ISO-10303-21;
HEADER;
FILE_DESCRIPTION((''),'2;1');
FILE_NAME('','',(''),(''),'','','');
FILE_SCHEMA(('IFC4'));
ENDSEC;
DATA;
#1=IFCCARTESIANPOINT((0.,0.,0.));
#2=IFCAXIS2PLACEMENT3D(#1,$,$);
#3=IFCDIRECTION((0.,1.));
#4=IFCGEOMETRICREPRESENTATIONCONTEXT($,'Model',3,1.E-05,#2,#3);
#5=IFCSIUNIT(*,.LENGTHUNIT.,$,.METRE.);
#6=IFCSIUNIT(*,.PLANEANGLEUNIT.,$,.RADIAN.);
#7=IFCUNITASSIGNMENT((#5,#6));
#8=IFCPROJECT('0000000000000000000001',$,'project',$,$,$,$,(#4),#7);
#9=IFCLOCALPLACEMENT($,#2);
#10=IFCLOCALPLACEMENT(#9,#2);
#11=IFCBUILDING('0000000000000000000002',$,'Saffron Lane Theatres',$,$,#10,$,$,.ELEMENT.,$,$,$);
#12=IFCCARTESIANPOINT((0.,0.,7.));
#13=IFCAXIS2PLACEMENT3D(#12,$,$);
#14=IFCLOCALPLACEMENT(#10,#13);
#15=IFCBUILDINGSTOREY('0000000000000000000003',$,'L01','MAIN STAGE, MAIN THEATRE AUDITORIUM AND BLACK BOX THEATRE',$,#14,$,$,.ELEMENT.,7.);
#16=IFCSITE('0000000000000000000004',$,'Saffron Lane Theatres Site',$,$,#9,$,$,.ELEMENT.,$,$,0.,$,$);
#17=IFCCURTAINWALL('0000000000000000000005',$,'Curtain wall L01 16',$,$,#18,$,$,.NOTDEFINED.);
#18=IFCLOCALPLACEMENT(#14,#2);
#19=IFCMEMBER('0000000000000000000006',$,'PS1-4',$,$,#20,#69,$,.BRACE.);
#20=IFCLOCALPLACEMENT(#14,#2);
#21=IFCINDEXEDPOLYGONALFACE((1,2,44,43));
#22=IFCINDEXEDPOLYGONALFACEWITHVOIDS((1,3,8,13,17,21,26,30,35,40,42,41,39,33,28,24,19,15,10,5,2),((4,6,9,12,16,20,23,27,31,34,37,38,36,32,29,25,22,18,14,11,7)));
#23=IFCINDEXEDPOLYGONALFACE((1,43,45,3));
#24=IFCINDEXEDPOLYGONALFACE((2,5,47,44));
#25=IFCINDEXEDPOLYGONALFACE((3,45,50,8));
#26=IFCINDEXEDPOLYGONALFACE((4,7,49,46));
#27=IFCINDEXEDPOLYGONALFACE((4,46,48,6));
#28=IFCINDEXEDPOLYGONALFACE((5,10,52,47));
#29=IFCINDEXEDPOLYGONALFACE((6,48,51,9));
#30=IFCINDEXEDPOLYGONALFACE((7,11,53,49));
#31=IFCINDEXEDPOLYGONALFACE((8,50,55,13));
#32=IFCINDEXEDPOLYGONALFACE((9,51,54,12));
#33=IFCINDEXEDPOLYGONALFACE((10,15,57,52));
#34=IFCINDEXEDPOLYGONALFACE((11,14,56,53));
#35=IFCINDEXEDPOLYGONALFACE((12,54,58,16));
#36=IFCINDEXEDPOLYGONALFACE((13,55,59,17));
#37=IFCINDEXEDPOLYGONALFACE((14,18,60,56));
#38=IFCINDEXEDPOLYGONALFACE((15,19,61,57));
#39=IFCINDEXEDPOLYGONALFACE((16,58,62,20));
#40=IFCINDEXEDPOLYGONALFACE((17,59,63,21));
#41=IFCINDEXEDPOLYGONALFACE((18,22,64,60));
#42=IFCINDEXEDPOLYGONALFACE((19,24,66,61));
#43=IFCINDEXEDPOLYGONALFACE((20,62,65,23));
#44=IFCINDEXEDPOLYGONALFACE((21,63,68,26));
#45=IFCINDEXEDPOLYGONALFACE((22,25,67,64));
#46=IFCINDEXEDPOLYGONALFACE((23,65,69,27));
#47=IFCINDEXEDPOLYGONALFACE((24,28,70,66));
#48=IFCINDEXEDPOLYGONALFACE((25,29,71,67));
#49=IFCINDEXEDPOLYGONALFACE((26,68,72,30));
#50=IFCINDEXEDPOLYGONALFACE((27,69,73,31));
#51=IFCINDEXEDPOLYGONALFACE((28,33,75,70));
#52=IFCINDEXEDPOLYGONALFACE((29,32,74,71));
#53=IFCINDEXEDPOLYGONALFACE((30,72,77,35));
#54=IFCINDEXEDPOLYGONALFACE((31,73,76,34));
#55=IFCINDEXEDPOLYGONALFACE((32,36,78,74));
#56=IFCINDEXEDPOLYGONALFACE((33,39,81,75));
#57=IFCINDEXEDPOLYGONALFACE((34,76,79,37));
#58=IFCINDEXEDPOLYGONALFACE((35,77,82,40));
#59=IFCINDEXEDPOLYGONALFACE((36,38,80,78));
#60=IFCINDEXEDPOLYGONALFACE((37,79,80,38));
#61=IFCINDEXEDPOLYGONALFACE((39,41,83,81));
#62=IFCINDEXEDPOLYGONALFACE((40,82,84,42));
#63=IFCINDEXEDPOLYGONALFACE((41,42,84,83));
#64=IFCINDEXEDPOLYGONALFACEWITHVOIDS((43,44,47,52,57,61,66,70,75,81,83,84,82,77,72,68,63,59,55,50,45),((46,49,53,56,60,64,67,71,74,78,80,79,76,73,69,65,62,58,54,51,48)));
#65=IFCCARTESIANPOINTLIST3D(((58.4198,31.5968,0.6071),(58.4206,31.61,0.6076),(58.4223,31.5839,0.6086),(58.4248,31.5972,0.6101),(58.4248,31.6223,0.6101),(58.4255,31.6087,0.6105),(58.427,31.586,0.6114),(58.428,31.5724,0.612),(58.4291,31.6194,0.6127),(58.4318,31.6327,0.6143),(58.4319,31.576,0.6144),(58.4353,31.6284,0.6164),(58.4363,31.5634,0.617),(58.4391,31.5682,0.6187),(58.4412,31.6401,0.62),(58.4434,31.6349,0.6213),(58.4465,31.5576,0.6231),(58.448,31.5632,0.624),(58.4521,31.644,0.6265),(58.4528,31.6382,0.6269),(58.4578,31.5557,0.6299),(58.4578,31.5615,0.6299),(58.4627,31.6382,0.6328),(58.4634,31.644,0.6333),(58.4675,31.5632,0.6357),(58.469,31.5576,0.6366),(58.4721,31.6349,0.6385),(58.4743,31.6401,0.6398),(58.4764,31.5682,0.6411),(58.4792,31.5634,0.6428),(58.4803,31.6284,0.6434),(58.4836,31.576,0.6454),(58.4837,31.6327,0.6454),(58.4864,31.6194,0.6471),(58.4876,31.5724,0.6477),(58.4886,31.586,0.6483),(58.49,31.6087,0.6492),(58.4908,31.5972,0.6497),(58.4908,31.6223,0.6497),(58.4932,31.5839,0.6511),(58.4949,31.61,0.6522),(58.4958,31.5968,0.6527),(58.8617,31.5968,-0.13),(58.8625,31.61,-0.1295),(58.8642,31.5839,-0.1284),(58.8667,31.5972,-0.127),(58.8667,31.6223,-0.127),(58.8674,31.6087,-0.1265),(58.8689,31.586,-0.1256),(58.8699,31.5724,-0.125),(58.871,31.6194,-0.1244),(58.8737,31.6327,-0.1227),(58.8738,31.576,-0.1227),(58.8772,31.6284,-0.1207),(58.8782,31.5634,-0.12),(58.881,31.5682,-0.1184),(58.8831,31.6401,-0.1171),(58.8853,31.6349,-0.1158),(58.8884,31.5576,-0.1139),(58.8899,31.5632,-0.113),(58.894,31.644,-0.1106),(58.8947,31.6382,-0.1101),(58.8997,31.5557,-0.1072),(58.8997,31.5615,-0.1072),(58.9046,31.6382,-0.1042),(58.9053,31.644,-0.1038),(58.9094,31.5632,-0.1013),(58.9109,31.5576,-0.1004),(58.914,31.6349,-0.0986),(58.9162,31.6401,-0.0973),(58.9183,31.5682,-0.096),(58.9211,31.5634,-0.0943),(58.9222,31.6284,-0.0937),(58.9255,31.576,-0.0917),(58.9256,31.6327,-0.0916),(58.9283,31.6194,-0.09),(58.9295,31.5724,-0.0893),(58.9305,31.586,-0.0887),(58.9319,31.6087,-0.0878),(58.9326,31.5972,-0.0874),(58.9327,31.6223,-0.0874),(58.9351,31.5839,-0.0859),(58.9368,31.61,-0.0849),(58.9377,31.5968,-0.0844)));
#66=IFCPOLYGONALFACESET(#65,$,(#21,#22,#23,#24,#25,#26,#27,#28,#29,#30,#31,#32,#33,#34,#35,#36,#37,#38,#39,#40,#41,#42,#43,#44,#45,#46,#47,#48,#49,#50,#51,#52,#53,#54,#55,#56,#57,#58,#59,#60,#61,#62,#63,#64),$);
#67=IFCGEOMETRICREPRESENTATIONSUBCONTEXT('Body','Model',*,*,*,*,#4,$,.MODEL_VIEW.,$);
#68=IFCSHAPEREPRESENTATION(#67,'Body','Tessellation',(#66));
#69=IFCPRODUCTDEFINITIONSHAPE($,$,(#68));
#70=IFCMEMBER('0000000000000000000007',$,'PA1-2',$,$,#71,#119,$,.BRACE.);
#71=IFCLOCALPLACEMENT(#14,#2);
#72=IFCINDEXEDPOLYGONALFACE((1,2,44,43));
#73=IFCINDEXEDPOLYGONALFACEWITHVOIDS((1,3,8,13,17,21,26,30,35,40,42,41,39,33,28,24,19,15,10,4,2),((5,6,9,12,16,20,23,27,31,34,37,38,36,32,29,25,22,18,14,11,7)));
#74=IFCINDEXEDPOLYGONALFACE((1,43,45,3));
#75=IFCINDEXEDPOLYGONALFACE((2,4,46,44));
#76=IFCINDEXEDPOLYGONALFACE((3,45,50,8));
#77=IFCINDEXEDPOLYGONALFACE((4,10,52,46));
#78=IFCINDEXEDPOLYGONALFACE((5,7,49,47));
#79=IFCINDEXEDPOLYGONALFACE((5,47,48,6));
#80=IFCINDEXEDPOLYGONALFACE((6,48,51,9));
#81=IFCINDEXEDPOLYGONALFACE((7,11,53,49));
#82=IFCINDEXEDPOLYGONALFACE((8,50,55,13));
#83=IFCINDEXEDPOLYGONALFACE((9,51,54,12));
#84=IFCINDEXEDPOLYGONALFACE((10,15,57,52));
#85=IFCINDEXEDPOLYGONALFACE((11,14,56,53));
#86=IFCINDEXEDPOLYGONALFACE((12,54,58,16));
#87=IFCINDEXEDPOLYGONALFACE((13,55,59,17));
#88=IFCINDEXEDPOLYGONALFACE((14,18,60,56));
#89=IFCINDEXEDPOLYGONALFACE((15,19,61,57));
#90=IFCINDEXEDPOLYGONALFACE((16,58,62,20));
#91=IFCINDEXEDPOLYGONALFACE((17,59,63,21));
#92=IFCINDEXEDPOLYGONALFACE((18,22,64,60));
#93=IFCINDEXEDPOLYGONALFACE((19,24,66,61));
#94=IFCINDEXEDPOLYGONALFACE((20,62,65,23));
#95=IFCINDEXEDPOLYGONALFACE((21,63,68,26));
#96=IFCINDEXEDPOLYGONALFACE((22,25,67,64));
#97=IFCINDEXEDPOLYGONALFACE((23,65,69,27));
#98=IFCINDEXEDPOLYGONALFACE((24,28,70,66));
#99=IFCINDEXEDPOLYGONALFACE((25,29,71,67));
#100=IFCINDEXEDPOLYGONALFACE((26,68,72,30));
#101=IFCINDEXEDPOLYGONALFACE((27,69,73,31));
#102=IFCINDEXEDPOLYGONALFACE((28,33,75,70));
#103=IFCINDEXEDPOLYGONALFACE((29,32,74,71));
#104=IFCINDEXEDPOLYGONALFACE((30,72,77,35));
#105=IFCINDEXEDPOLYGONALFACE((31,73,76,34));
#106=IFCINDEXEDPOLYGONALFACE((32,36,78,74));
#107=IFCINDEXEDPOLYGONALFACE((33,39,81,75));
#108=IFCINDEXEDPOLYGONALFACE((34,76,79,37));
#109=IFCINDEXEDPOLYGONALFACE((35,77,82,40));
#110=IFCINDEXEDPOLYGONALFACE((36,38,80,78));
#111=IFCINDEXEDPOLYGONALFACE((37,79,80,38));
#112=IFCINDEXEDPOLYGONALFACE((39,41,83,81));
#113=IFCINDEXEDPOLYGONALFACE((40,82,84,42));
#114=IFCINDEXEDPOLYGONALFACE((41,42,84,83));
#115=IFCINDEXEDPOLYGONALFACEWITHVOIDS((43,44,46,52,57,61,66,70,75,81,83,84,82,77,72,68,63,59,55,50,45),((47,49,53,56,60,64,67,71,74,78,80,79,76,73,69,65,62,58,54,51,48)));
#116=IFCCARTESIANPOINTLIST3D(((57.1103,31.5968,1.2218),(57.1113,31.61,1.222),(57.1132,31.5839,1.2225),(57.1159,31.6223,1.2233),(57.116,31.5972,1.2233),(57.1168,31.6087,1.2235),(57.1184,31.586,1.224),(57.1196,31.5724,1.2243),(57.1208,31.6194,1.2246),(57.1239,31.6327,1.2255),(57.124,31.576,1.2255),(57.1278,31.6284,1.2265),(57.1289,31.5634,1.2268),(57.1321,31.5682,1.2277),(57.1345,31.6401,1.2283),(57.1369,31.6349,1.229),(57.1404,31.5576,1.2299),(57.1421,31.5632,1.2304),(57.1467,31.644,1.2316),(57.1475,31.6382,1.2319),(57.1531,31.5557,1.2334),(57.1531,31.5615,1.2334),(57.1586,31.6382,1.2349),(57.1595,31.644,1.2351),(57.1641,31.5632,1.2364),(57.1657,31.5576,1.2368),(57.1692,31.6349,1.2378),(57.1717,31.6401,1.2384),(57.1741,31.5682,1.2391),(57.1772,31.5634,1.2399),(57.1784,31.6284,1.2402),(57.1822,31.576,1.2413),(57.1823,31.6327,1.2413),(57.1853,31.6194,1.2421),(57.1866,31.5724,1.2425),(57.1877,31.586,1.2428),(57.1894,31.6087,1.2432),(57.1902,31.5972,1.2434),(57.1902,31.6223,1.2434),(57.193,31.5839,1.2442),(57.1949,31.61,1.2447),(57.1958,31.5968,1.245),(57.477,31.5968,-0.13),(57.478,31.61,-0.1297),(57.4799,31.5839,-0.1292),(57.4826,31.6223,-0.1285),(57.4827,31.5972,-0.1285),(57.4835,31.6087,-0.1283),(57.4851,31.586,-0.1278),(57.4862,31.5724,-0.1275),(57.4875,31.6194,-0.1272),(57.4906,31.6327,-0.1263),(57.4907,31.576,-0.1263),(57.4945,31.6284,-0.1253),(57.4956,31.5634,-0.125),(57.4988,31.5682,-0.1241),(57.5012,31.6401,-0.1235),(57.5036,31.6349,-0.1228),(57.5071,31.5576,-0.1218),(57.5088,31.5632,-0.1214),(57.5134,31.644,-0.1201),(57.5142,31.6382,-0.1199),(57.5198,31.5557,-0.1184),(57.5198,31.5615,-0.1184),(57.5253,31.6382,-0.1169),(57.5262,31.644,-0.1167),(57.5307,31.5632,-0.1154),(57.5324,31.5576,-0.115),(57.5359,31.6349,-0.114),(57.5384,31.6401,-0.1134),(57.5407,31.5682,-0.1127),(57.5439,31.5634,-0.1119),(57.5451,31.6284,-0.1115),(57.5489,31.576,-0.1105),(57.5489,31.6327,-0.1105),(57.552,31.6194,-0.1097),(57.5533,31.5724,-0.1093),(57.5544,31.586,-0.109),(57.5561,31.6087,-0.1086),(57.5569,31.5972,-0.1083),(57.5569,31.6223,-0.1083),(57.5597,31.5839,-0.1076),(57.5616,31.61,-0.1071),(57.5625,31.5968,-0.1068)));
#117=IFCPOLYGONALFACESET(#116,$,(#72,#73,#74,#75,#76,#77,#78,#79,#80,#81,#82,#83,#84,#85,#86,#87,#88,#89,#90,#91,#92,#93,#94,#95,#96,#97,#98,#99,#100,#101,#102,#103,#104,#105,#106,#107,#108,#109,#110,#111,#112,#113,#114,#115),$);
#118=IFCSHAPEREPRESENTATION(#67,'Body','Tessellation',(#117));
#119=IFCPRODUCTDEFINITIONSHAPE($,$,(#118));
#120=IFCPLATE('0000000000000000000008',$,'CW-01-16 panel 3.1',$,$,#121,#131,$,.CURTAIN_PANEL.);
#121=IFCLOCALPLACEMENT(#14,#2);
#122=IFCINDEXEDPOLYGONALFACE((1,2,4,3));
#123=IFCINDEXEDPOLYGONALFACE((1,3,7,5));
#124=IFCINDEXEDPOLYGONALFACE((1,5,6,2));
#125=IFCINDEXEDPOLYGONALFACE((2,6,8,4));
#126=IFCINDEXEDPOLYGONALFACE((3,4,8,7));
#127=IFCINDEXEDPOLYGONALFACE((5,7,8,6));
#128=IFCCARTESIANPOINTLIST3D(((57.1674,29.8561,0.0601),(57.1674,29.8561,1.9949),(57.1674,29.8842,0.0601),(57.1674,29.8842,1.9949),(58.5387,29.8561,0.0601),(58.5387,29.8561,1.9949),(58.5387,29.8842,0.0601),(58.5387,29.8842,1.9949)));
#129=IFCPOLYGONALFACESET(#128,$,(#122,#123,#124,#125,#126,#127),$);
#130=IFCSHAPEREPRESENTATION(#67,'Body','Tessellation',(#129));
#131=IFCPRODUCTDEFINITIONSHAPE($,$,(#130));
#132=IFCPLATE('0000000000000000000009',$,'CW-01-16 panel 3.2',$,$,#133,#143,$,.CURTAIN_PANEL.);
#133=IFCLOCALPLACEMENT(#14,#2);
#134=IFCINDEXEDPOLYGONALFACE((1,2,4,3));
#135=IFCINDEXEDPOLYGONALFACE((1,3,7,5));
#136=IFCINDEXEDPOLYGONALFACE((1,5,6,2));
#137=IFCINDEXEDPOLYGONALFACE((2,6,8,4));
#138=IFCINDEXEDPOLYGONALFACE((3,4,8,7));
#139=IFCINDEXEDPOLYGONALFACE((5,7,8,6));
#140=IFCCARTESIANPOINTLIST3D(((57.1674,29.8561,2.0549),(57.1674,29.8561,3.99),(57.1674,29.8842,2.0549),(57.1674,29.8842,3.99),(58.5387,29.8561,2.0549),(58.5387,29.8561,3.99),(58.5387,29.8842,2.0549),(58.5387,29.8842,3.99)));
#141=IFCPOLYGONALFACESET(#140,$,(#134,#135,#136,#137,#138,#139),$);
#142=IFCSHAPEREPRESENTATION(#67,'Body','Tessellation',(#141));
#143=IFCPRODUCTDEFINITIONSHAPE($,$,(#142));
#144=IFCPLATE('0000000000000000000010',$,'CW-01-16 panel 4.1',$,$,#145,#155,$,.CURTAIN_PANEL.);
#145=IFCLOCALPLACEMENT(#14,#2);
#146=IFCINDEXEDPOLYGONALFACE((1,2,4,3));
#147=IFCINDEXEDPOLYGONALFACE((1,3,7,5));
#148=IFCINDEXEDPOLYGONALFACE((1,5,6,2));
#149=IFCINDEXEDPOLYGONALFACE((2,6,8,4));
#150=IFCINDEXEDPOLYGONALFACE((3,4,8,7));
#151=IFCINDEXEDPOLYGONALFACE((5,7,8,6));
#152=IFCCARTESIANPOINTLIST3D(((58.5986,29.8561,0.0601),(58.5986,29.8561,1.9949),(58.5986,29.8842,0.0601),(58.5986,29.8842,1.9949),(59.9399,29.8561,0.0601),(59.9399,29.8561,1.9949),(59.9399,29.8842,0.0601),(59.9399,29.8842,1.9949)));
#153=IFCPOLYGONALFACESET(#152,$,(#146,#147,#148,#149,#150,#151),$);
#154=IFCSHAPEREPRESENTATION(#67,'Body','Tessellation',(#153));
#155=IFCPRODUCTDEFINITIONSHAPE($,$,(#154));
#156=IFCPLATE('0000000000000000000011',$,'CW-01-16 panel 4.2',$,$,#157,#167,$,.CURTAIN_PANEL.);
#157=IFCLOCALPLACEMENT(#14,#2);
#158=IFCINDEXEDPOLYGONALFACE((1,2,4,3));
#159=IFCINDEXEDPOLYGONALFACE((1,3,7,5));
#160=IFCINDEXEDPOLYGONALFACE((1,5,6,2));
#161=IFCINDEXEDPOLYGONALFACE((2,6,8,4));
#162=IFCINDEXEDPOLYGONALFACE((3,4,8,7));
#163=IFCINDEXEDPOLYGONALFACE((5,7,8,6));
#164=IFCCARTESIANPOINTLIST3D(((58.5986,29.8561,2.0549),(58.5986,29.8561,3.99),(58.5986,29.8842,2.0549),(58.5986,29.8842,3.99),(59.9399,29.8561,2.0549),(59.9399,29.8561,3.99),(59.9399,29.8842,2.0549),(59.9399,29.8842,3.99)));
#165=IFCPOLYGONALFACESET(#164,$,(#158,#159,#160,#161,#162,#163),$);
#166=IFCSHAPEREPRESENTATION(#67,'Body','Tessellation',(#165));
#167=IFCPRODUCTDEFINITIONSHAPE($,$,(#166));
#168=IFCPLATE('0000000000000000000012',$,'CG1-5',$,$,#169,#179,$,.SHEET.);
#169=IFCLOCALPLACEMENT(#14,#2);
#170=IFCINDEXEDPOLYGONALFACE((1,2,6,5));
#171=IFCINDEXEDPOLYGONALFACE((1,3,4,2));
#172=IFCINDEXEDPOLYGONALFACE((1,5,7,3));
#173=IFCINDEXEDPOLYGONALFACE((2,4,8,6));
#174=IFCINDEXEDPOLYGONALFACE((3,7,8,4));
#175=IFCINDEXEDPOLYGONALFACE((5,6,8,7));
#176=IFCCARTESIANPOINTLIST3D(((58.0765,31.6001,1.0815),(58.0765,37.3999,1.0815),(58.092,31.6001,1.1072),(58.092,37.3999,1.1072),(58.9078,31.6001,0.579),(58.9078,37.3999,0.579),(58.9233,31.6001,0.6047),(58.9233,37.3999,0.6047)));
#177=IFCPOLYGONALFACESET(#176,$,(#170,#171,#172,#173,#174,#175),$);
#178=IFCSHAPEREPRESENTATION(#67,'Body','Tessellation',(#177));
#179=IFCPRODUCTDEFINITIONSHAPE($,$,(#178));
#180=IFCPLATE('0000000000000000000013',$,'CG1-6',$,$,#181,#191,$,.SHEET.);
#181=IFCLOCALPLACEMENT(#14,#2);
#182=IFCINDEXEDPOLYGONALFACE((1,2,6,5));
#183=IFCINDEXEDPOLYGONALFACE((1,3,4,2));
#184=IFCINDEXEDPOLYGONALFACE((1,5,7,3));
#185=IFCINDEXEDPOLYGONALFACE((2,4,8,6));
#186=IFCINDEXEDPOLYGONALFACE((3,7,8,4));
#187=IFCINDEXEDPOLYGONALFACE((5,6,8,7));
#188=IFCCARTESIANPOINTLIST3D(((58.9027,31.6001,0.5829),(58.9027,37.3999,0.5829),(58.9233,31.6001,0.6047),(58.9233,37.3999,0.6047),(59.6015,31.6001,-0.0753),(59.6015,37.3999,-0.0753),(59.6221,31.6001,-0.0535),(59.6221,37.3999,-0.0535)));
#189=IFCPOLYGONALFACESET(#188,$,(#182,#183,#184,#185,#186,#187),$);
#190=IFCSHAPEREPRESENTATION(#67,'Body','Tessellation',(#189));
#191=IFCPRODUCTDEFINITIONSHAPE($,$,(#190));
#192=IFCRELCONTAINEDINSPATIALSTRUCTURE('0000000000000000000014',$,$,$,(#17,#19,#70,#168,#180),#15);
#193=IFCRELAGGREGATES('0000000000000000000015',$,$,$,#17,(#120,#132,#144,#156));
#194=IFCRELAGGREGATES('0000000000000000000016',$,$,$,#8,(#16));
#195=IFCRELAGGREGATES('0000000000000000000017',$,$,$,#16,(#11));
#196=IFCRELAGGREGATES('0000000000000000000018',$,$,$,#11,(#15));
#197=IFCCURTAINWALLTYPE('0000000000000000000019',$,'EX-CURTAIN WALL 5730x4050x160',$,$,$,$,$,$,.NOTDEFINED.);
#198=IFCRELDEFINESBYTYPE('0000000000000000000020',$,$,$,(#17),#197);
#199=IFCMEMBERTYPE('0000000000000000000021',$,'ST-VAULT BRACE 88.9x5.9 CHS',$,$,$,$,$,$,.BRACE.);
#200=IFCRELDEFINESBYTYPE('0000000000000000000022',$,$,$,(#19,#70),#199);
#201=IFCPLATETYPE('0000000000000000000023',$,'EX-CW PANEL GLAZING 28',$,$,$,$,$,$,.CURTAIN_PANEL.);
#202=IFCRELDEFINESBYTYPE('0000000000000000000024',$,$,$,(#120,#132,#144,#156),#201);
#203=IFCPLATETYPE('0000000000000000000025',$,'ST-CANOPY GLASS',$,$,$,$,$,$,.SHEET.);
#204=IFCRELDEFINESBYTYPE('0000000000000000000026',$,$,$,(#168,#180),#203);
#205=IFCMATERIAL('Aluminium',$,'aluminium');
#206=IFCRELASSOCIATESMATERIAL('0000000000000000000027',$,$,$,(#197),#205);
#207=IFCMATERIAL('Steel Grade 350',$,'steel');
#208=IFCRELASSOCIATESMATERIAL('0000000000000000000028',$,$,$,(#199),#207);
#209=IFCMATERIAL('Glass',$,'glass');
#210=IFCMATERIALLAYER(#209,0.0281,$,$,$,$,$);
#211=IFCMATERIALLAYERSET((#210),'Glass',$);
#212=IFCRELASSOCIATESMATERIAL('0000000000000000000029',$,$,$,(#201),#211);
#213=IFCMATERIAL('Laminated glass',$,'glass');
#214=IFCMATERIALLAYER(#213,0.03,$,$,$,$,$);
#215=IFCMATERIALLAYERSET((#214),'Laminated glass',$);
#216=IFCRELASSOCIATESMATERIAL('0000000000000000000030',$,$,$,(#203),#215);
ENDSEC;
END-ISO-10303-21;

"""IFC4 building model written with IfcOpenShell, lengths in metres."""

from ifc_helpers import new_model, si_unit, direction, frame, origin, origin_2d, place, context, subcontext, project, spatial, polyline, rectangle, hollow_circle, outline, extrude, material, layer, layer_set, material_profile, profile_set, type_object, element, aggregate, save


model = new_model("IFC4")

# Units and contexts
model_context = context("Model", 3, precision=1e-05, world=origin(), true_north=direction((0.0, 1.0)))
body_context = subcontext(model_context, "Body", "Model", "MODEL_VIEW")
ifc_project = project(units=[si_unit("LENGTHUNIT", "METRE"), si_unit("PLANEANGLEUNIT", "RADIAN")], contexts=[model_context])

# Site, building, storey
site_placement = place(None, origin())
site = spatial("IfcSite", under=ifc_project, at=site_placement, Name="Saffron Lane Theatres Site", CompositionType="ELEMENT", RefElevation=0.0)
building_placement = place(site_placement, origin())
building = spatial("IfcBuilding", under=site, at=building_placement, Name="Saffron Lane Theatres", CompositionType="ELEMENT")
storey_placement = place(building_placement, frame((0.0, 0.0, 7.0)))
storey = spatial("IfcBuildingStorey", under=building, at=storey_placement, Name="L01", Description="MAIN STAGE, MAIN THEATRE AUDITORIUM AND BLACK BOX THEATRE", CompositionType="ELEMENT", Elevation=7.0)

# Curtain wall
ifc_material_1 = material(Name="Aluminium", Category="aluminium")
curtain_wall_type = type_object("IfcCurtainWallType", Name="EX-CURTAIN WALL 5730x4050x160", PredefinedType="NOTDEFINED", material=ifc_material_1)
curtain_wall_placement = place(storey_placement, origin())
curtain_wall = element("IfcCurtainWall", 1, at=curtain_wall_placement, inside=storey, type_object=curtain_wall_type, Name="Curtain wall L01 16", PredefinedType="NOTDEFINED")

# Members
ifc_material_2 = material(Name="Steel Grade 350", Category="steel")
ifc_material_profile_1 = material_profile(ifc_material_2, hollow_circle(Radius=0.0444, WallThickness=0.0059, at=origin_2d()))
ifc_profile_set_1 = profile_set([ifc_material_profile_1], Name="Steel Grade 350")
member_type_1 = type_object("IfcMemberType", Name="ST-VAULT BRACE 88.9x5.9 CHS", PredefinedType="BRACE", material=ifc_profile_set_1)
member_1_placement = place(storey_placement, frame((58.8997, 31.6001, -0.1072), z_axis=(-0.514203, 0.0, 0.857668), x_axis=(0.0, -1.0, 0.0)))
element("IfcMember", 2, at=member_1_placement, inside=storey, type_object=member_type_1, Name="PS1-4", PredefinedType="BRACE", context=body_context, shape_type="SweptSolid", body=[
    extrude(hollow_circle(Radius=0.0444, WallThickness=0.0059, at=origin_2d()), origin(), (0.0, 0.0, 1.0), 0.8594),
])
member_2_placement = place(storey_placement, frame((57.5198, 31.6001, -0.1184), z_axis=(-0.261805, 0.0, 0.965121), x_axis=(0.0, -1.0, 0.0)))
element("IfcMember", 3, at=member_2_placement, inside=storey, type_object=member_type_1, Name="PA1-2", PredefinedType="BRACE", context=body_context, shape_type="SweptSolid", body=[
    extrude(hollow_circle(Radius=0.0444, WallThickness=0.0059, at=origin_2d()), origin(), (0.0, 0.0, 1.0), 1.4006),
])

# Plates
ifc_material_3 = material(Name="Glass", Category="glass")
ifc_layer_1 = layer(ifc_material_3, 0.0281)
ifc_layer_set_1 = layer_set([ifc_layer_1], Name="Glass")
plate_type_1 = type_object("IfcPlateType", Name="EX-CW PANEL GLAZING 28", PredefinedType="CURTAIN_PANEL", material=ifc_layer_set_1)
plate_1_placement = place(storey_placement, frame((57.853, 29.8701, 0.0601), z_axis=(0.0, 0.0, 1.0), x_axis=(1.0, 0.0, 0.0)))
plate_1 = element("IfcPlate", 4, at=plate_1_placement, type_object=plate_type_1, Name="CW-01-16 panel 3.1", PredefinedType="CURTAIN_PANEL", context=body_context, shape_type="SweptSolid", body=[
    extrude(rectangle(XDim=1.3713, YDim=0.0281, at=origin_2d()), origin(), (0.0, 0.0, 1.0), 1.9348),
])
plate_2_placement = place(storey_placement, frame((57.853, 29.8701, 2.0549), z_axis=(0.0, 0.0, 1.0), x_axis=(1.0, 0.0, 0.0)))
plate_2 = element("IfcPlate", 5, at=plate_2_placement, type_object=plate_type_1, Name="CW-01-16 panel 3.2", PredefinedType="CURTAIN_PANEL", context=body_context, shape_type="SweptSolid", body=[
    extrude(rectangle(XDim=1.3713, YDim=0.0281, at=origin_2d()), origin(), (0.0, 0.0, 1.0), 1.9351),
])
plate_3_placement = place(storey_placement, frame((59.2693, 29.8701, 0.0601), z_axis=(0.0, 0.0, 1.0), x_axis=(1.0, 0.0, 0.0)))
plate_3 = element("IfcPlate", 6, at=plate_3_placement, type_object=plate_type_1, Name="CW-01-16 panel 4.1", PredefinedType="CURTAIN_PANEL", context=body_context, shape_type="SweptSolid", body=[
    extrude(rectangle(XDim=1.3413, YDim=0.0281, at=origin_2d()), origin(), (0.0, 0.0, 1.0), 1.9348),
])
plate_4_placement = place(storey_placement, frame((59.2693, 29.8701, 2.0549), z_axis=(0.0, 0.0, 1.0), x_axis=(1.0, 0.0, 0.0)))
plate_4 = element("IfcPlate", 7, at=plate_4_placement, type_object=plate_type_1, Name="CW-01-16 panel 4.2", PredefinedType="CURTAIN_PANEL", context=body_context, shape_type="SweptSolid", body=[
    extrude(rectangle(XDim=1.3413, YDim=0.0281, at=origin_2d()), origin(), (0.0, 0.0, 1.0), 1.9351),
])
aggregate(curtain_wall, [plate_1, plate_2, plate_3, plate_4])

# Plates
ifc_material_4 = material(Name="Laminated glass", Category="glass")
ifc_layer_2 = layer(ifc_material_4, 0.03)
ifc_layer_set_2 = layer_set([ifc_layer_2], Name="Laminated glass")
plate_type_2 = type_object("IfcPlateType", Name="ST-CANOPY GLASS", PredefinedType="SHEET", material=ifc_layer_set_2)
plate_5_placement = place(storey_placement, frame((58.092, 31.6001, 1.1072), z_axis=(0.517265, 0.0, 0.855825), x_axis=(0.855825, 0.0, -0.517265)))
element("IfcPlate", 8, at=plate_5_placement, inside=storey, type_object=plate_type_2, Name="CG1-5", PredefinedType="SHEET", context=body_context, shape_type="SweptSolid", body=[
    extrude(outline(polyline([(0.0, 0.0), (0.9713, 0.0), (0.9713, 5.7998), (0.0, 5.7998), (0.0, 0.0)])), origin(), (0.0, 0.0, -1.0), 0.03),
])
plate_6_placement = place(storey_placement, frame((58.9233, 31.6001, 0.6047), z_axis=(0.685682, 0.0, 0.727901), x_axis=(0.727901, 0.0, -0.685682)))
element("IfcPlate", 9, at=plate_6_placement, inside=storey, type_object=plate_type_2, Name="CG1-6", PredefinedType="SHEET", context=body_context, shape_type="SweptSolid", body=[
    extrude(outline(polyline([(0.0, 0.0), (0.9599, 0.0), (0.9599, 5.7998), (0.0, 5.7998), (0.0, 0.0)])), origin(), (0.0, 0.0, -1.0), 0.03),
])

save(model, "model.ifc")
